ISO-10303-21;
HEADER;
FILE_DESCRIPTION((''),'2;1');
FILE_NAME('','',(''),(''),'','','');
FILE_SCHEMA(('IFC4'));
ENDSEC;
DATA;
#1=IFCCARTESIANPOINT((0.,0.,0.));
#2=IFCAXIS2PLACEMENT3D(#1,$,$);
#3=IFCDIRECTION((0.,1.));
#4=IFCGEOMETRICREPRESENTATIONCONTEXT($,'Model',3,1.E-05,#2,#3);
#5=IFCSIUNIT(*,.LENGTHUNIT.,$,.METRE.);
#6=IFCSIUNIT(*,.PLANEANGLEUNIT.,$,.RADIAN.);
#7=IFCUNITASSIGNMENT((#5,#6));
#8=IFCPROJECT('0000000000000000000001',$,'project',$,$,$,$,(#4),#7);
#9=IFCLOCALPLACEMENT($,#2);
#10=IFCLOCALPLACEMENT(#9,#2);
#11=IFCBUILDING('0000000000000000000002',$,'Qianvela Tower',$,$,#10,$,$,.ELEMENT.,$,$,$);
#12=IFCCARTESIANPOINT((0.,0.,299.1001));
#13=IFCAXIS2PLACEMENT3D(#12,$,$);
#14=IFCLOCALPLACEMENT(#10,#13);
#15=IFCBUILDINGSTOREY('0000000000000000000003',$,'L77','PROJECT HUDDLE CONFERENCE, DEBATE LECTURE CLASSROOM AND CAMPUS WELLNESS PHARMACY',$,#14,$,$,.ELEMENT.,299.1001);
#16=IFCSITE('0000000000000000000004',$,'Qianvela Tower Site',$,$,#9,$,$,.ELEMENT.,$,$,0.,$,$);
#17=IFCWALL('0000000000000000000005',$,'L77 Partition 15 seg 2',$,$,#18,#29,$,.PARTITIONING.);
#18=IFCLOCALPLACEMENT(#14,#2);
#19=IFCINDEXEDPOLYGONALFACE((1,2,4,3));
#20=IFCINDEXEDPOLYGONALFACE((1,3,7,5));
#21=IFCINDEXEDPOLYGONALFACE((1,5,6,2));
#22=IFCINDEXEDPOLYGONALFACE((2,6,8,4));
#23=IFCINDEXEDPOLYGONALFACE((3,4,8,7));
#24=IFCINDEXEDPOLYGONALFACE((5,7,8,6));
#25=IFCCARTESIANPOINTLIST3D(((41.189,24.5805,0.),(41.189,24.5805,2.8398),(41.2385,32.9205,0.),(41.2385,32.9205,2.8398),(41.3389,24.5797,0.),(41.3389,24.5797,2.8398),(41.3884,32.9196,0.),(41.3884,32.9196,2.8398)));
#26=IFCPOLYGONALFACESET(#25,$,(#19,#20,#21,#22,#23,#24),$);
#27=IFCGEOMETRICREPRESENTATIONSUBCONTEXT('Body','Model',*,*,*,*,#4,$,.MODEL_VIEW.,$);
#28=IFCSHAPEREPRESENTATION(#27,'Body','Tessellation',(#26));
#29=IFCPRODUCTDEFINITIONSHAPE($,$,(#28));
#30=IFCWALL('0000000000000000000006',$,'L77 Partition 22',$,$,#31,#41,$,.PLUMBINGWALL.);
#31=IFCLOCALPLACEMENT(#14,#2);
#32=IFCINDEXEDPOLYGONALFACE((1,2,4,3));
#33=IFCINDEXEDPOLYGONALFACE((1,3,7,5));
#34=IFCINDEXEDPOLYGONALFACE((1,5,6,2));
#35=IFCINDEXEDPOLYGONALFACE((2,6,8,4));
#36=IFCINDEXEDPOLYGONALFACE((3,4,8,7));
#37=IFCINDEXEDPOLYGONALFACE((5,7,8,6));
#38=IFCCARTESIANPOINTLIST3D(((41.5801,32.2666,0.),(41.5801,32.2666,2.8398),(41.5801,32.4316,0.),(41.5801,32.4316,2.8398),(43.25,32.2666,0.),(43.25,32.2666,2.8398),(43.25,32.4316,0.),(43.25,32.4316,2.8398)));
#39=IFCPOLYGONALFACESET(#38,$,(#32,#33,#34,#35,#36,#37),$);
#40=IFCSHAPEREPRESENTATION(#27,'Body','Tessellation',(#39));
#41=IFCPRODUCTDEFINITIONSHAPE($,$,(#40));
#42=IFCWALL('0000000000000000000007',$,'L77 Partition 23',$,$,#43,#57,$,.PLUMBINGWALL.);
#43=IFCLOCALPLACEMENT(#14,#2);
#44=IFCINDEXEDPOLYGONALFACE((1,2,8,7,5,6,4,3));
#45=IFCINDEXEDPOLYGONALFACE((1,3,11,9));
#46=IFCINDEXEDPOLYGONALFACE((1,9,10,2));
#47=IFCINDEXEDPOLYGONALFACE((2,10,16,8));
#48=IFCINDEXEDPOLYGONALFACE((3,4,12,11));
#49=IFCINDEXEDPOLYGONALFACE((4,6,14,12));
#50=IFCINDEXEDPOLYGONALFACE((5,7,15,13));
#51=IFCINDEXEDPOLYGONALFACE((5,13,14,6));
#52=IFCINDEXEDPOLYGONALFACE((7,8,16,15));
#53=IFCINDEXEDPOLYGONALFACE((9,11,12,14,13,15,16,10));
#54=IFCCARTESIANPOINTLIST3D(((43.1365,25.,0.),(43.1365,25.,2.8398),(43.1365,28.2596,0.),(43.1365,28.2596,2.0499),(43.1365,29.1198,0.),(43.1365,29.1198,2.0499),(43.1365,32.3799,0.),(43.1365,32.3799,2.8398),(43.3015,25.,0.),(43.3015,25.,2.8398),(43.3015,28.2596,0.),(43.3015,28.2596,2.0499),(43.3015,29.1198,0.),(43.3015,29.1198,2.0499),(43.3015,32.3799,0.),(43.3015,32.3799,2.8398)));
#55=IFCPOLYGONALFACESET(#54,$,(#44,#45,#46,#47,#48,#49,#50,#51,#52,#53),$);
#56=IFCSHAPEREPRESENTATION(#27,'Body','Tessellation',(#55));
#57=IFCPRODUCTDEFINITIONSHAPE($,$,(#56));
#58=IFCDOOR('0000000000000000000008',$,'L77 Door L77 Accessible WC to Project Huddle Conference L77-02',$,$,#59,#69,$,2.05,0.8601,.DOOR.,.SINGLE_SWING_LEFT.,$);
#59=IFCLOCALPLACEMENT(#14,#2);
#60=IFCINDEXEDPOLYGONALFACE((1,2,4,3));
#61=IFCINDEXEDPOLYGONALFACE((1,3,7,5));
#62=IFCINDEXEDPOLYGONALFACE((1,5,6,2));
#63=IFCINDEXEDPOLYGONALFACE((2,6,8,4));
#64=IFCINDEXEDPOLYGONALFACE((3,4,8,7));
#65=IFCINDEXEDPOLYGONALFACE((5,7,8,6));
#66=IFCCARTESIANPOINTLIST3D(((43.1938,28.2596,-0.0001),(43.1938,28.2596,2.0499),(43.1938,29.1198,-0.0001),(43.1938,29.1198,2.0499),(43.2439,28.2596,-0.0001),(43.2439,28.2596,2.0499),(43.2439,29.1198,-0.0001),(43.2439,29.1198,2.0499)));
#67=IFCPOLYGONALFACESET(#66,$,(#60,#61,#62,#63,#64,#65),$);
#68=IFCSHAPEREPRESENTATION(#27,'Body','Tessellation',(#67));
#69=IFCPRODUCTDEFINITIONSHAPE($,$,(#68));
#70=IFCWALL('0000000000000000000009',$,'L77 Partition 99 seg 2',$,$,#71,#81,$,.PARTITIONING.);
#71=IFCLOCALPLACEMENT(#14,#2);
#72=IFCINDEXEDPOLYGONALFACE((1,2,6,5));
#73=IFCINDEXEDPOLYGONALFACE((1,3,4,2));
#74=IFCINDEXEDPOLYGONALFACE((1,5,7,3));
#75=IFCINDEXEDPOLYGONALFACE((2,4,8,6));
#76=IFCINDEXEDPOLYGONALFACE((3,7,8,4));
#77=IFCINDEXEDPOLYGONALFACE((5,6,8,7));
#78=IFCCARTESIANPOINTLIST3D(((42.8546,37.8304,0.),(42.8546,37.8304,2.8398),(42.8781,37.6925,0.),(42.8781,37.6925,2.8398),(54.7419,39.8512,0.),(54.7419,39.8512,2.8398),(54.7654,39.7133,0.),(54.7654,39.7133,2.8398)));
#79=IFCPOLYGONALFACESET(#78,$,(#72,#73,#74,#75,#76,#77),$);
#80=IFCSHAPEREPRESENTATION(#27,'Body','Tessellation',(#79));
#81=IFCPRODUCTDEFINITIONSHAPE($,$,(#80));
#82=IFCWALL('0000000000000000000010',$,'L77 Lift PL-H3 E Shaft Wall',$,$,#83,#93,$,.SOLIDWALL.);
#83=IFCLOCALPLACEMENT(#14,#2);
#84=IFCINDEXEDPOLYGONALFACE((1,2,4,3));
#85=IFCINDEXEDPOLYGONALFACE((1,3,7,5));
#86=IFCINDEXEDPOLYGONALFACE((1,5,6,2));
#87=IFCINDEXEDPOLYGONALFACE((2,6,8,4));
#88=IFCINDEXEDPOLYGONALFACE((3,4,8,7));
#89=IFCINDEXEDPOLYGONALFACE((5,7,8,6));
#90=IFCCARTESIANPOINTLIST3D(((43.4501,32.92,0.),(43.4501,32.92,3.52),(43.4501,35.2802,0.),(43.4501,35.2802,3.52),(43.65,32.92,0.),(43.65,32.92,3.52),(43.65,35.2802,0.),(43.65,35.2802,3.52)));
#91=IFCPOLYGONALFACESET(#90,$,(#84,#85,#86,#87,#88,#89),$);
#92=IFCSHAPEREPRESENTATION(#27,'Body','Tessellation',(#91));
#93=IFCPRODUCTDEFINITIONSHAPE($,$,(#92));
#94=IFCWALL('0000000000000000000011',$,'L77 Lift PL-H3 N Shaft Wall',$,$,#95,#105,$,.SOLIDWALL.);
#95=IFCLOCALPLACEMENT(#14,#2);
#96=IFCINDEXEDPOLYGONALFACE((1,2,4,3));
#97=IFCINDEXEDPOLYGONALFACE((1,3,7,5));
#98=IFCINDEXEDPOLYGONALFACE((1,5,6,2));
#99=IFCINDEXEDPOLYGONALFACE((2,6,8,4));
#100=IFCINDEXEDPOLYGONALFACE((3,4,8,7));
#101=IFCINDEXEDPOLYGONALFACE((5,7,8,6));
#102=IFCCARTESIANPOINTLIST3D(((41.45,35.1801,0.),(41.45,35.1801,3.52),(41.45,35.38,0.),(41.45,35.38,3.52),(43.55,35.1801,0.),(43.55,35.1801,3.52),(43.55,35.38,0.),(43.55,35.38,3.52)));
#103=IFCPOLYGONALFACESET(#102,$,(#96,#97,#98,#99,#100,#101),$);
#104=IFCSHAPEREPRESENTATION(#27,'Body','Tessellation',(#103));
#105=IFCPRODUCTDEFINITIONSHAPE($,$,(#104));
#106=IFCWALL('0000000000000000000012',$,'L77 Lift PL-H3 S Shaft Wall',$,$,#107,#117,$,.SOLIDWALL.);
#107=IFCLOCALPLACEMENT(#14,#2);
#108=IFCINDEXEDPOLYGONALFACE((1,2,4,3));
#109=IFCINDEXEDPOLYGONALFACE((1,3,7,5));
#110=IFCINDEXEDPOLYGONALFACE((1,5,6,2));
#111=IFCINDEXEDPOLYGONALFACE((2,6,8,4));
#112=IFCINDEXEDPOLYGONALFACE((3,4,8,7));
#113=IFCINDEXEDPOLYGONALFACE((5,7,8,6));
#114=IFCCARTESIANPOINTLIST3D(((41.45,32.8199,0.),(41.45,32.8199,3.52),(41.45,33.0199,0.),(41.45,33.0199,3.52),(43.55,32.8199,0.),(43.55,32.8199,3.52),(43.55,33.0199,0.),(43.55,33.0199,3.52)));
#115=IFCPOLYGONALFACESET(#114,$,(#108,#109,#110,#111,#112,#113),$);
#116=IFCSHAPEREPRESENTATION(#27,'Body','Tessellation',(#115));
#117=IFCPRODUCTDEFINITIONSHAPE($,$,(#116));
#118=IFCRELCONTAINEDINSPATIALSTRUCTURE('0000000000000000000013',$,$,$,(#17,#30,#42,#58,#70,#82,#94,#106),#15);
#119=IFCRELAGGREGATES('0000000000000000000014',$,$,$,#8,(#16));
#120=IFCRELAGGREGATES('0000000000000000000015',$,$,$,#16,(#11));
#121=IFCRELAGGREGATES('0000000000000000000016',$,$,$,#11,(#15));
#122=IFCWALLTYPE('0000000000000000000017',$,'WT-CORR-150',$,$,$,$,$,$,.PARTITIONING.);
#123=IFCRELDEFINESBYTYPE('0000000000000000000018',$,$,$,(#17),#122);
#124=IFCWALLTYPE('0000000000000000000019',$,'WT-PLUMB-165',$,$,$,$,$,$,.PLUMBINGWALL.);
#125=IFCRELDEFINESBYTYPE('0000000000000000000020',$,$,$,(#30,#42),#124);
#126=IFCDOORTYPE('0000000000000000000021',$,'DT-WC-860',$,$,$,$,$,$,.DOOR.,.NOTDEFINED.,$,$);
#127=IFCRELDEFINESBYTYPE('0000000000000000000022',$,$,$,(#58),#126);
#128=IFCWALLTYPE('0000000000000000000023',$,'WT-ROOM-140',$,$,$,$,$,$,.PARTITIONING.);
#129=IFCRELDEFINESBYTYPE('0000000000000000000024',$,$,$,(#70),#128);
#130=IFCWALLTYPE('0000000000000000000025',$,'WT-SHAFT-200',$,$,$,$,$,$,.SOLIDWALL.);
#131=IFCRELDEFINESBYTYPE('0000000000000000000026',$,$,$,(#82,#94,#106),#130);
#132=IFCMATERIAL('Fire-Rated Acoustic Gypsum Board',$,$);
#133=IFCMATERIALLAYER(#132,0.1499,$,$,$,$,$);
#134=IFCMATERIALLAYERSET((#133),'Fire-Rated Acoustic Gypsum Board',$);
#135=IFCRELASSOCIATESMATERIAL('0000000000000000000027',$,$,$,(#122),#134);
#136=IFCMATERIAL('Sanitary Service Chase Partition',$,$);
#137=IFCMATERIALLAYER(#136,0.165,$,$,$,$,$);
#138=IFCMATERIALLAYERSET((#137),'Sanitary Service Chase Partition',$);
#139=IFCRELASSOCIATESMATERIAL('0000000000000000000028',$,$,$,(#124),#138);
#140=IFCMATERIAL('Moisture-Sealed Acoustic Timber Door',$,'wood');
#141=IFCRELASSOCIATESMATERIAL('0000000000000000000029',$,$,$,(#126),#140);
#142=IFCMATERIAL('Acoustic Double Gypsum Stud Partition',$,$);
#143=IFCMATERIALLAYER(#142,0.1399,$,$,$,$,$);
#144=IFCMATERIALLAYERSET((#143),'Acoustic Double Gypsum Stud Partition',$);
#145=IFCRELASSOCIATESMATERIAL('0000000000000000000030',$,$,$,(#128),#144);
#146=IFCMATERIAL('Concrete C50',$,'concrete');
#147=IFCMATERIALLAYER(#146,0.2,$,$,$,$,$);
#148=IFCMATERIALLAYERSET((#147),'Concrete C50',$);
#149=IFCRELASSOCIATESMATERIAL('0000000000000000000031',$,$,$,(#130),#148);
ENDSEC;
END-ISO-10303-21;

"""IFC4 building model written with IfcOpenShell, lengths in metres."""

from ifc_helpers import new_model, si_unit, direction, frame, frame_2d, origin, place, context, subcontext, project, spatial, rectangle, extrude, material, layer, layer_set, type_object, element, fill, save


model = new_model("IFC4")

# Units and contexts
model_context = context("Model", 3, precision=1e-05, world=origin(), true_north=direction((0.0, 1.0)))
body_context = subcontext(model_context, "Body", "Model", "MODEL_VIEW")
ifc_project = project(units=[si_unit("LENGTHUNIT", "METRE"), si_unit("PLANEANGLEUNIT", "RADIAN")], contexts=[model_context])

# Site, building, storey
site_placement = place(None, origin())
site = spatial("IfcSite", under=ifc_project, at=site_placement, Name="Qianvela Tower Site", CompositionType="ELEMENT", RefElevation=0.0)
building_placement = place(site_placement, origin())
building = spatial("IfcBuilding", under=site, at=building_placement, Name="Qianvela Tower", CompositionType="ELEMENT")
storey_placement = place(building_placement, frame((0.0, 0.0, 299.1001)))
storey = spatial("IfcBuildingStorey", under=building, at=storey_placement, Name="L77", Description="PROJECT HUDDLE CONFERENCE, DEBATE LECTURE CLASSROOM AND CAMPUS WELLNESS PHARMACY", CompositionType="ELEMENT", Elevation=299.1001)

# Walls
ifc_material_1 = material(Name="Fire-Rated Acoustic Gypsum Board")
ifc_layer_1 = layer(ifc_material_1, 0.1499)
ifc_layer_set_1 = layer_set([ifc_layer_1], Name="Fire-Rated Acoustic Gypsum Board")
wall_type_1 = type_object("IfcWallType", Name="WT-CORR-150", PredefinedType="PARTITIONING", material=ifc_layer_set_1)
wall_1_placement = place(storey_placement, frame((41.3135, 32.9199, 0.0), z_axis=(0.0, 0.0, 1.0), x_axis=(-0.005943, -0.999982, 0.0)))
element("IfcWall", 1, at=wall_1_placement, inside=storey, type_object=wall_type_1, Name="L77 Partition 15 seg 2", PredefinedType="PARTITIONING", context=body_context, shape_type="SweptSolid", body=[
    extrude(rectangle(XDim=8.3401, YDim=0.1499, at=frame_2d((4.1699, 0.0))), origin(), (0.0, 0.0, 1.0), 2.8398),
])
ifc_material_2 = material(Name="Sanitary Service Chase Partition")
ifc_layer_2 = layer(ifc_material_2, 0.165)
ifc_layer_set_2 = layer_set([ifc_layer_2], Name="Sanitary Service Chase Partition")
wall_type_2 = type_object("IfcWallType", Name="WT-PLUMB-165", PredefinedType="PLUMBINGWALL", material=ifc_layer_set_2)
wall_2_placement = place(storey_placement, frame((41.5801, 32.3491, 0.0), z_axis=(0.0, 0.0, 1.0), x_axis=(1.0, 0.0, 0.0)))
element("IfcWall", 2, at=wall_2_placement, inside=storey, type_object=wall_type_2, Name="L77 Partition 22", PredefinedType="PLUMBINGWALL", context=body_context, shape_type="SweptSolid", body=[
    extrude(rectangle(XDim=1.6699, YDim=0.165, at=frame_2d((0.835, 0.0))), origin(), (0.0, 0.0, 1.0), 2.8398),
])

# Wall, opening, door
wall_3_placement = place(storey_placement, frame((43.219, 32.3799, 0.0), z_axis=(0.0, 0.0, 1.0), x_axis=(0.0, -1.0, 0.0)))
wall_3 = element("IfcWall", 3, at=wall_3_placement, inside=storey, type_object=wall_type_2, Name="L77 Partition 23", PredefinedType="PLUMBINGWALL", context=body_context, shape_type="SweptSolid", body=[
    extrude(rectangle(XDim=7.3799, YDim=0.165, at=frame_2d((3.6899, 0.0))), origin(), (0.0, 0.0, 1.0), 2.8398),
])
opening_1_placement = place(wall_3_placement, frame((3.26, 0.0, 0.0)))
opening_1 = element("IfcOpeningElement", 4, at=opening_1_placement, cuts=wall_3, PredefinedType="OPENING", context=body_context, shape_type="SweptSolid", body=[
    extrude(rectangle(XDim=0.8601, YDim=2.05, at=frame_2d((0.4302, 1.0249))), frame((0.0, 0.0925, 0.0), z_axis=(0.0, -1.0, 0.0), x_axis=(1.0, 0.0, 0.0)), (0.0, 0.0, 1.0), 0.1851),
])
ifc_material_3 = material(Name="Moisture-Sealed Acoustic Timber Door", Category="wood")
door_type_1 = type_object("IfcDoorType", Name="DT-WC-860", OperationType="NOTDEFINED", PredefinedType="DOOR", material=ifc_material_3)
door_1_placement = place(opening_1_placement, origin())
door_1 = element("IfcDoor", 5, at=door_1_placement, inside=storey, type_object=door_type_1, Name="L77 Door L77 Accessible WC to Project Huddle Conference L77-02", OperationType="SINGLE_SWING_LEFT", OverallHeight=2.05, OverallWidth=0.8601, PredefinedType="DOOR", context=body_context, shape_type="SweptSolid", body=[
    extrude(rectangle(XDim=0.8601, YDim=2.05, at=frame_2d((0.4302, 1.0249))), frame((0.0, 0.0249, 0.0), z_axis=(0.0, -1.0, 0.0), x_axis=(1.0, 0.0, 0.0)), (0.0, 0.0, 1.0), 0.05),
])
fill(opening_1, door_1)

# Wall
ifc_material_4 = material(Name="Acoustic Double Gypsum Stud Partition")
ifc_layer_3 = layer(ifc_material_4, 0.1399)
ifc_layer_set_3 = layer_set([ifc_layer_3], Name="Acoustic Double Gypsum Stud Partition")
wall_type_3 = type_object("IfcWallType", Name="WT-ROOM-140", PredefinedType="PARTITIONING", material=ifc_layer_set_3)
wall_4_placement = place(storey_placement, frame((42.8665, 37.7615, 0.0), z_axis=(0.0, 0.0, 1.0), x_axis=(0.985857, 0.16759, 0.0)))
element("IfcWall", 6, at=wall_4_placement, inside=storey, type_object=wall_type_3, Name="L77 Partition 99 seg 2", PredefinedType="PARTITIONING", context=body_context, shape_type="SweptSolid", body=[
    extrude(rectangle(XDim=12.0579, YDim=0.1399, at=frame_2d((6.0288, 0.0))), origin(), (0.0, 0.0, 1.0), 2.8398),
])

# Shared definitions
ifc_material_5 = material(Name="Concrete C50", Category="concrete")
ifc_layer_4 = layer(ifc_material_5, 0.2)
ifc_layer_set_4 = layer_set([ifc_layer_4], Name="Concrete C50")
wall_type_4 = type_object("IfcWallType", Name="WT-SHAFT-200", PredefinedType="SOLIDWALL", material=ifc_layer_set_4)

# Wall
wall_5_placement = place(storey_placement, frame((43.55, 32.9199, 0.0), z_axis=(0.0, 0.0, 1.0), x_axis=(0.0, 1.0, 0.0)))
element("IfcWall", 7, at=wall_5_placement, inside=storey, type_object=wall_type_4, Name="L77 Lift PL-H3 E Shaft Wall", PredefinedType="SOLIDWALL", context=body_context, shape_type="SweptSolid", body=[
    extrude(rectangle(XDim=2.3601, YDim=0.2, at=frame_2d((1.1802, 0.0))), origin(), (0.0, 0.0, 1.0), 3.52),
])

# Walls
for number, where, z_axis, x_axis, name in (
    (8, (41.45, 35.28, 0.0), (0.0, 0.0, 1.0), (1.0, 0.0, 0.0), "L77 Lift PL-H3 N Shaft Wall"),
    (9, (41.45, 32.9199, 0.0), (0.0, 0.0, 1.0), (1.0, 0.0, 0.0), "L77 Lift PL-H3 S Shaft Wall"),
):
    element("IfcWall", number, at=place(storey_placement, frame(where, z_axis=z_axis, x_axis=x_axis)), inside=storey, type_object=wall_type_4, Name=name, PredefinedType="SOLIDWALL", context=body_context, shape_type="SweptSolid", body=[
        extrude(rectangle(XDim=2.1001, YDim=0.2, at=frame_2d((1.05, 0.0))), origin(), (0.0, 0.0, 1.0), 3.52),
    ])

save(model, "model.ifc")
